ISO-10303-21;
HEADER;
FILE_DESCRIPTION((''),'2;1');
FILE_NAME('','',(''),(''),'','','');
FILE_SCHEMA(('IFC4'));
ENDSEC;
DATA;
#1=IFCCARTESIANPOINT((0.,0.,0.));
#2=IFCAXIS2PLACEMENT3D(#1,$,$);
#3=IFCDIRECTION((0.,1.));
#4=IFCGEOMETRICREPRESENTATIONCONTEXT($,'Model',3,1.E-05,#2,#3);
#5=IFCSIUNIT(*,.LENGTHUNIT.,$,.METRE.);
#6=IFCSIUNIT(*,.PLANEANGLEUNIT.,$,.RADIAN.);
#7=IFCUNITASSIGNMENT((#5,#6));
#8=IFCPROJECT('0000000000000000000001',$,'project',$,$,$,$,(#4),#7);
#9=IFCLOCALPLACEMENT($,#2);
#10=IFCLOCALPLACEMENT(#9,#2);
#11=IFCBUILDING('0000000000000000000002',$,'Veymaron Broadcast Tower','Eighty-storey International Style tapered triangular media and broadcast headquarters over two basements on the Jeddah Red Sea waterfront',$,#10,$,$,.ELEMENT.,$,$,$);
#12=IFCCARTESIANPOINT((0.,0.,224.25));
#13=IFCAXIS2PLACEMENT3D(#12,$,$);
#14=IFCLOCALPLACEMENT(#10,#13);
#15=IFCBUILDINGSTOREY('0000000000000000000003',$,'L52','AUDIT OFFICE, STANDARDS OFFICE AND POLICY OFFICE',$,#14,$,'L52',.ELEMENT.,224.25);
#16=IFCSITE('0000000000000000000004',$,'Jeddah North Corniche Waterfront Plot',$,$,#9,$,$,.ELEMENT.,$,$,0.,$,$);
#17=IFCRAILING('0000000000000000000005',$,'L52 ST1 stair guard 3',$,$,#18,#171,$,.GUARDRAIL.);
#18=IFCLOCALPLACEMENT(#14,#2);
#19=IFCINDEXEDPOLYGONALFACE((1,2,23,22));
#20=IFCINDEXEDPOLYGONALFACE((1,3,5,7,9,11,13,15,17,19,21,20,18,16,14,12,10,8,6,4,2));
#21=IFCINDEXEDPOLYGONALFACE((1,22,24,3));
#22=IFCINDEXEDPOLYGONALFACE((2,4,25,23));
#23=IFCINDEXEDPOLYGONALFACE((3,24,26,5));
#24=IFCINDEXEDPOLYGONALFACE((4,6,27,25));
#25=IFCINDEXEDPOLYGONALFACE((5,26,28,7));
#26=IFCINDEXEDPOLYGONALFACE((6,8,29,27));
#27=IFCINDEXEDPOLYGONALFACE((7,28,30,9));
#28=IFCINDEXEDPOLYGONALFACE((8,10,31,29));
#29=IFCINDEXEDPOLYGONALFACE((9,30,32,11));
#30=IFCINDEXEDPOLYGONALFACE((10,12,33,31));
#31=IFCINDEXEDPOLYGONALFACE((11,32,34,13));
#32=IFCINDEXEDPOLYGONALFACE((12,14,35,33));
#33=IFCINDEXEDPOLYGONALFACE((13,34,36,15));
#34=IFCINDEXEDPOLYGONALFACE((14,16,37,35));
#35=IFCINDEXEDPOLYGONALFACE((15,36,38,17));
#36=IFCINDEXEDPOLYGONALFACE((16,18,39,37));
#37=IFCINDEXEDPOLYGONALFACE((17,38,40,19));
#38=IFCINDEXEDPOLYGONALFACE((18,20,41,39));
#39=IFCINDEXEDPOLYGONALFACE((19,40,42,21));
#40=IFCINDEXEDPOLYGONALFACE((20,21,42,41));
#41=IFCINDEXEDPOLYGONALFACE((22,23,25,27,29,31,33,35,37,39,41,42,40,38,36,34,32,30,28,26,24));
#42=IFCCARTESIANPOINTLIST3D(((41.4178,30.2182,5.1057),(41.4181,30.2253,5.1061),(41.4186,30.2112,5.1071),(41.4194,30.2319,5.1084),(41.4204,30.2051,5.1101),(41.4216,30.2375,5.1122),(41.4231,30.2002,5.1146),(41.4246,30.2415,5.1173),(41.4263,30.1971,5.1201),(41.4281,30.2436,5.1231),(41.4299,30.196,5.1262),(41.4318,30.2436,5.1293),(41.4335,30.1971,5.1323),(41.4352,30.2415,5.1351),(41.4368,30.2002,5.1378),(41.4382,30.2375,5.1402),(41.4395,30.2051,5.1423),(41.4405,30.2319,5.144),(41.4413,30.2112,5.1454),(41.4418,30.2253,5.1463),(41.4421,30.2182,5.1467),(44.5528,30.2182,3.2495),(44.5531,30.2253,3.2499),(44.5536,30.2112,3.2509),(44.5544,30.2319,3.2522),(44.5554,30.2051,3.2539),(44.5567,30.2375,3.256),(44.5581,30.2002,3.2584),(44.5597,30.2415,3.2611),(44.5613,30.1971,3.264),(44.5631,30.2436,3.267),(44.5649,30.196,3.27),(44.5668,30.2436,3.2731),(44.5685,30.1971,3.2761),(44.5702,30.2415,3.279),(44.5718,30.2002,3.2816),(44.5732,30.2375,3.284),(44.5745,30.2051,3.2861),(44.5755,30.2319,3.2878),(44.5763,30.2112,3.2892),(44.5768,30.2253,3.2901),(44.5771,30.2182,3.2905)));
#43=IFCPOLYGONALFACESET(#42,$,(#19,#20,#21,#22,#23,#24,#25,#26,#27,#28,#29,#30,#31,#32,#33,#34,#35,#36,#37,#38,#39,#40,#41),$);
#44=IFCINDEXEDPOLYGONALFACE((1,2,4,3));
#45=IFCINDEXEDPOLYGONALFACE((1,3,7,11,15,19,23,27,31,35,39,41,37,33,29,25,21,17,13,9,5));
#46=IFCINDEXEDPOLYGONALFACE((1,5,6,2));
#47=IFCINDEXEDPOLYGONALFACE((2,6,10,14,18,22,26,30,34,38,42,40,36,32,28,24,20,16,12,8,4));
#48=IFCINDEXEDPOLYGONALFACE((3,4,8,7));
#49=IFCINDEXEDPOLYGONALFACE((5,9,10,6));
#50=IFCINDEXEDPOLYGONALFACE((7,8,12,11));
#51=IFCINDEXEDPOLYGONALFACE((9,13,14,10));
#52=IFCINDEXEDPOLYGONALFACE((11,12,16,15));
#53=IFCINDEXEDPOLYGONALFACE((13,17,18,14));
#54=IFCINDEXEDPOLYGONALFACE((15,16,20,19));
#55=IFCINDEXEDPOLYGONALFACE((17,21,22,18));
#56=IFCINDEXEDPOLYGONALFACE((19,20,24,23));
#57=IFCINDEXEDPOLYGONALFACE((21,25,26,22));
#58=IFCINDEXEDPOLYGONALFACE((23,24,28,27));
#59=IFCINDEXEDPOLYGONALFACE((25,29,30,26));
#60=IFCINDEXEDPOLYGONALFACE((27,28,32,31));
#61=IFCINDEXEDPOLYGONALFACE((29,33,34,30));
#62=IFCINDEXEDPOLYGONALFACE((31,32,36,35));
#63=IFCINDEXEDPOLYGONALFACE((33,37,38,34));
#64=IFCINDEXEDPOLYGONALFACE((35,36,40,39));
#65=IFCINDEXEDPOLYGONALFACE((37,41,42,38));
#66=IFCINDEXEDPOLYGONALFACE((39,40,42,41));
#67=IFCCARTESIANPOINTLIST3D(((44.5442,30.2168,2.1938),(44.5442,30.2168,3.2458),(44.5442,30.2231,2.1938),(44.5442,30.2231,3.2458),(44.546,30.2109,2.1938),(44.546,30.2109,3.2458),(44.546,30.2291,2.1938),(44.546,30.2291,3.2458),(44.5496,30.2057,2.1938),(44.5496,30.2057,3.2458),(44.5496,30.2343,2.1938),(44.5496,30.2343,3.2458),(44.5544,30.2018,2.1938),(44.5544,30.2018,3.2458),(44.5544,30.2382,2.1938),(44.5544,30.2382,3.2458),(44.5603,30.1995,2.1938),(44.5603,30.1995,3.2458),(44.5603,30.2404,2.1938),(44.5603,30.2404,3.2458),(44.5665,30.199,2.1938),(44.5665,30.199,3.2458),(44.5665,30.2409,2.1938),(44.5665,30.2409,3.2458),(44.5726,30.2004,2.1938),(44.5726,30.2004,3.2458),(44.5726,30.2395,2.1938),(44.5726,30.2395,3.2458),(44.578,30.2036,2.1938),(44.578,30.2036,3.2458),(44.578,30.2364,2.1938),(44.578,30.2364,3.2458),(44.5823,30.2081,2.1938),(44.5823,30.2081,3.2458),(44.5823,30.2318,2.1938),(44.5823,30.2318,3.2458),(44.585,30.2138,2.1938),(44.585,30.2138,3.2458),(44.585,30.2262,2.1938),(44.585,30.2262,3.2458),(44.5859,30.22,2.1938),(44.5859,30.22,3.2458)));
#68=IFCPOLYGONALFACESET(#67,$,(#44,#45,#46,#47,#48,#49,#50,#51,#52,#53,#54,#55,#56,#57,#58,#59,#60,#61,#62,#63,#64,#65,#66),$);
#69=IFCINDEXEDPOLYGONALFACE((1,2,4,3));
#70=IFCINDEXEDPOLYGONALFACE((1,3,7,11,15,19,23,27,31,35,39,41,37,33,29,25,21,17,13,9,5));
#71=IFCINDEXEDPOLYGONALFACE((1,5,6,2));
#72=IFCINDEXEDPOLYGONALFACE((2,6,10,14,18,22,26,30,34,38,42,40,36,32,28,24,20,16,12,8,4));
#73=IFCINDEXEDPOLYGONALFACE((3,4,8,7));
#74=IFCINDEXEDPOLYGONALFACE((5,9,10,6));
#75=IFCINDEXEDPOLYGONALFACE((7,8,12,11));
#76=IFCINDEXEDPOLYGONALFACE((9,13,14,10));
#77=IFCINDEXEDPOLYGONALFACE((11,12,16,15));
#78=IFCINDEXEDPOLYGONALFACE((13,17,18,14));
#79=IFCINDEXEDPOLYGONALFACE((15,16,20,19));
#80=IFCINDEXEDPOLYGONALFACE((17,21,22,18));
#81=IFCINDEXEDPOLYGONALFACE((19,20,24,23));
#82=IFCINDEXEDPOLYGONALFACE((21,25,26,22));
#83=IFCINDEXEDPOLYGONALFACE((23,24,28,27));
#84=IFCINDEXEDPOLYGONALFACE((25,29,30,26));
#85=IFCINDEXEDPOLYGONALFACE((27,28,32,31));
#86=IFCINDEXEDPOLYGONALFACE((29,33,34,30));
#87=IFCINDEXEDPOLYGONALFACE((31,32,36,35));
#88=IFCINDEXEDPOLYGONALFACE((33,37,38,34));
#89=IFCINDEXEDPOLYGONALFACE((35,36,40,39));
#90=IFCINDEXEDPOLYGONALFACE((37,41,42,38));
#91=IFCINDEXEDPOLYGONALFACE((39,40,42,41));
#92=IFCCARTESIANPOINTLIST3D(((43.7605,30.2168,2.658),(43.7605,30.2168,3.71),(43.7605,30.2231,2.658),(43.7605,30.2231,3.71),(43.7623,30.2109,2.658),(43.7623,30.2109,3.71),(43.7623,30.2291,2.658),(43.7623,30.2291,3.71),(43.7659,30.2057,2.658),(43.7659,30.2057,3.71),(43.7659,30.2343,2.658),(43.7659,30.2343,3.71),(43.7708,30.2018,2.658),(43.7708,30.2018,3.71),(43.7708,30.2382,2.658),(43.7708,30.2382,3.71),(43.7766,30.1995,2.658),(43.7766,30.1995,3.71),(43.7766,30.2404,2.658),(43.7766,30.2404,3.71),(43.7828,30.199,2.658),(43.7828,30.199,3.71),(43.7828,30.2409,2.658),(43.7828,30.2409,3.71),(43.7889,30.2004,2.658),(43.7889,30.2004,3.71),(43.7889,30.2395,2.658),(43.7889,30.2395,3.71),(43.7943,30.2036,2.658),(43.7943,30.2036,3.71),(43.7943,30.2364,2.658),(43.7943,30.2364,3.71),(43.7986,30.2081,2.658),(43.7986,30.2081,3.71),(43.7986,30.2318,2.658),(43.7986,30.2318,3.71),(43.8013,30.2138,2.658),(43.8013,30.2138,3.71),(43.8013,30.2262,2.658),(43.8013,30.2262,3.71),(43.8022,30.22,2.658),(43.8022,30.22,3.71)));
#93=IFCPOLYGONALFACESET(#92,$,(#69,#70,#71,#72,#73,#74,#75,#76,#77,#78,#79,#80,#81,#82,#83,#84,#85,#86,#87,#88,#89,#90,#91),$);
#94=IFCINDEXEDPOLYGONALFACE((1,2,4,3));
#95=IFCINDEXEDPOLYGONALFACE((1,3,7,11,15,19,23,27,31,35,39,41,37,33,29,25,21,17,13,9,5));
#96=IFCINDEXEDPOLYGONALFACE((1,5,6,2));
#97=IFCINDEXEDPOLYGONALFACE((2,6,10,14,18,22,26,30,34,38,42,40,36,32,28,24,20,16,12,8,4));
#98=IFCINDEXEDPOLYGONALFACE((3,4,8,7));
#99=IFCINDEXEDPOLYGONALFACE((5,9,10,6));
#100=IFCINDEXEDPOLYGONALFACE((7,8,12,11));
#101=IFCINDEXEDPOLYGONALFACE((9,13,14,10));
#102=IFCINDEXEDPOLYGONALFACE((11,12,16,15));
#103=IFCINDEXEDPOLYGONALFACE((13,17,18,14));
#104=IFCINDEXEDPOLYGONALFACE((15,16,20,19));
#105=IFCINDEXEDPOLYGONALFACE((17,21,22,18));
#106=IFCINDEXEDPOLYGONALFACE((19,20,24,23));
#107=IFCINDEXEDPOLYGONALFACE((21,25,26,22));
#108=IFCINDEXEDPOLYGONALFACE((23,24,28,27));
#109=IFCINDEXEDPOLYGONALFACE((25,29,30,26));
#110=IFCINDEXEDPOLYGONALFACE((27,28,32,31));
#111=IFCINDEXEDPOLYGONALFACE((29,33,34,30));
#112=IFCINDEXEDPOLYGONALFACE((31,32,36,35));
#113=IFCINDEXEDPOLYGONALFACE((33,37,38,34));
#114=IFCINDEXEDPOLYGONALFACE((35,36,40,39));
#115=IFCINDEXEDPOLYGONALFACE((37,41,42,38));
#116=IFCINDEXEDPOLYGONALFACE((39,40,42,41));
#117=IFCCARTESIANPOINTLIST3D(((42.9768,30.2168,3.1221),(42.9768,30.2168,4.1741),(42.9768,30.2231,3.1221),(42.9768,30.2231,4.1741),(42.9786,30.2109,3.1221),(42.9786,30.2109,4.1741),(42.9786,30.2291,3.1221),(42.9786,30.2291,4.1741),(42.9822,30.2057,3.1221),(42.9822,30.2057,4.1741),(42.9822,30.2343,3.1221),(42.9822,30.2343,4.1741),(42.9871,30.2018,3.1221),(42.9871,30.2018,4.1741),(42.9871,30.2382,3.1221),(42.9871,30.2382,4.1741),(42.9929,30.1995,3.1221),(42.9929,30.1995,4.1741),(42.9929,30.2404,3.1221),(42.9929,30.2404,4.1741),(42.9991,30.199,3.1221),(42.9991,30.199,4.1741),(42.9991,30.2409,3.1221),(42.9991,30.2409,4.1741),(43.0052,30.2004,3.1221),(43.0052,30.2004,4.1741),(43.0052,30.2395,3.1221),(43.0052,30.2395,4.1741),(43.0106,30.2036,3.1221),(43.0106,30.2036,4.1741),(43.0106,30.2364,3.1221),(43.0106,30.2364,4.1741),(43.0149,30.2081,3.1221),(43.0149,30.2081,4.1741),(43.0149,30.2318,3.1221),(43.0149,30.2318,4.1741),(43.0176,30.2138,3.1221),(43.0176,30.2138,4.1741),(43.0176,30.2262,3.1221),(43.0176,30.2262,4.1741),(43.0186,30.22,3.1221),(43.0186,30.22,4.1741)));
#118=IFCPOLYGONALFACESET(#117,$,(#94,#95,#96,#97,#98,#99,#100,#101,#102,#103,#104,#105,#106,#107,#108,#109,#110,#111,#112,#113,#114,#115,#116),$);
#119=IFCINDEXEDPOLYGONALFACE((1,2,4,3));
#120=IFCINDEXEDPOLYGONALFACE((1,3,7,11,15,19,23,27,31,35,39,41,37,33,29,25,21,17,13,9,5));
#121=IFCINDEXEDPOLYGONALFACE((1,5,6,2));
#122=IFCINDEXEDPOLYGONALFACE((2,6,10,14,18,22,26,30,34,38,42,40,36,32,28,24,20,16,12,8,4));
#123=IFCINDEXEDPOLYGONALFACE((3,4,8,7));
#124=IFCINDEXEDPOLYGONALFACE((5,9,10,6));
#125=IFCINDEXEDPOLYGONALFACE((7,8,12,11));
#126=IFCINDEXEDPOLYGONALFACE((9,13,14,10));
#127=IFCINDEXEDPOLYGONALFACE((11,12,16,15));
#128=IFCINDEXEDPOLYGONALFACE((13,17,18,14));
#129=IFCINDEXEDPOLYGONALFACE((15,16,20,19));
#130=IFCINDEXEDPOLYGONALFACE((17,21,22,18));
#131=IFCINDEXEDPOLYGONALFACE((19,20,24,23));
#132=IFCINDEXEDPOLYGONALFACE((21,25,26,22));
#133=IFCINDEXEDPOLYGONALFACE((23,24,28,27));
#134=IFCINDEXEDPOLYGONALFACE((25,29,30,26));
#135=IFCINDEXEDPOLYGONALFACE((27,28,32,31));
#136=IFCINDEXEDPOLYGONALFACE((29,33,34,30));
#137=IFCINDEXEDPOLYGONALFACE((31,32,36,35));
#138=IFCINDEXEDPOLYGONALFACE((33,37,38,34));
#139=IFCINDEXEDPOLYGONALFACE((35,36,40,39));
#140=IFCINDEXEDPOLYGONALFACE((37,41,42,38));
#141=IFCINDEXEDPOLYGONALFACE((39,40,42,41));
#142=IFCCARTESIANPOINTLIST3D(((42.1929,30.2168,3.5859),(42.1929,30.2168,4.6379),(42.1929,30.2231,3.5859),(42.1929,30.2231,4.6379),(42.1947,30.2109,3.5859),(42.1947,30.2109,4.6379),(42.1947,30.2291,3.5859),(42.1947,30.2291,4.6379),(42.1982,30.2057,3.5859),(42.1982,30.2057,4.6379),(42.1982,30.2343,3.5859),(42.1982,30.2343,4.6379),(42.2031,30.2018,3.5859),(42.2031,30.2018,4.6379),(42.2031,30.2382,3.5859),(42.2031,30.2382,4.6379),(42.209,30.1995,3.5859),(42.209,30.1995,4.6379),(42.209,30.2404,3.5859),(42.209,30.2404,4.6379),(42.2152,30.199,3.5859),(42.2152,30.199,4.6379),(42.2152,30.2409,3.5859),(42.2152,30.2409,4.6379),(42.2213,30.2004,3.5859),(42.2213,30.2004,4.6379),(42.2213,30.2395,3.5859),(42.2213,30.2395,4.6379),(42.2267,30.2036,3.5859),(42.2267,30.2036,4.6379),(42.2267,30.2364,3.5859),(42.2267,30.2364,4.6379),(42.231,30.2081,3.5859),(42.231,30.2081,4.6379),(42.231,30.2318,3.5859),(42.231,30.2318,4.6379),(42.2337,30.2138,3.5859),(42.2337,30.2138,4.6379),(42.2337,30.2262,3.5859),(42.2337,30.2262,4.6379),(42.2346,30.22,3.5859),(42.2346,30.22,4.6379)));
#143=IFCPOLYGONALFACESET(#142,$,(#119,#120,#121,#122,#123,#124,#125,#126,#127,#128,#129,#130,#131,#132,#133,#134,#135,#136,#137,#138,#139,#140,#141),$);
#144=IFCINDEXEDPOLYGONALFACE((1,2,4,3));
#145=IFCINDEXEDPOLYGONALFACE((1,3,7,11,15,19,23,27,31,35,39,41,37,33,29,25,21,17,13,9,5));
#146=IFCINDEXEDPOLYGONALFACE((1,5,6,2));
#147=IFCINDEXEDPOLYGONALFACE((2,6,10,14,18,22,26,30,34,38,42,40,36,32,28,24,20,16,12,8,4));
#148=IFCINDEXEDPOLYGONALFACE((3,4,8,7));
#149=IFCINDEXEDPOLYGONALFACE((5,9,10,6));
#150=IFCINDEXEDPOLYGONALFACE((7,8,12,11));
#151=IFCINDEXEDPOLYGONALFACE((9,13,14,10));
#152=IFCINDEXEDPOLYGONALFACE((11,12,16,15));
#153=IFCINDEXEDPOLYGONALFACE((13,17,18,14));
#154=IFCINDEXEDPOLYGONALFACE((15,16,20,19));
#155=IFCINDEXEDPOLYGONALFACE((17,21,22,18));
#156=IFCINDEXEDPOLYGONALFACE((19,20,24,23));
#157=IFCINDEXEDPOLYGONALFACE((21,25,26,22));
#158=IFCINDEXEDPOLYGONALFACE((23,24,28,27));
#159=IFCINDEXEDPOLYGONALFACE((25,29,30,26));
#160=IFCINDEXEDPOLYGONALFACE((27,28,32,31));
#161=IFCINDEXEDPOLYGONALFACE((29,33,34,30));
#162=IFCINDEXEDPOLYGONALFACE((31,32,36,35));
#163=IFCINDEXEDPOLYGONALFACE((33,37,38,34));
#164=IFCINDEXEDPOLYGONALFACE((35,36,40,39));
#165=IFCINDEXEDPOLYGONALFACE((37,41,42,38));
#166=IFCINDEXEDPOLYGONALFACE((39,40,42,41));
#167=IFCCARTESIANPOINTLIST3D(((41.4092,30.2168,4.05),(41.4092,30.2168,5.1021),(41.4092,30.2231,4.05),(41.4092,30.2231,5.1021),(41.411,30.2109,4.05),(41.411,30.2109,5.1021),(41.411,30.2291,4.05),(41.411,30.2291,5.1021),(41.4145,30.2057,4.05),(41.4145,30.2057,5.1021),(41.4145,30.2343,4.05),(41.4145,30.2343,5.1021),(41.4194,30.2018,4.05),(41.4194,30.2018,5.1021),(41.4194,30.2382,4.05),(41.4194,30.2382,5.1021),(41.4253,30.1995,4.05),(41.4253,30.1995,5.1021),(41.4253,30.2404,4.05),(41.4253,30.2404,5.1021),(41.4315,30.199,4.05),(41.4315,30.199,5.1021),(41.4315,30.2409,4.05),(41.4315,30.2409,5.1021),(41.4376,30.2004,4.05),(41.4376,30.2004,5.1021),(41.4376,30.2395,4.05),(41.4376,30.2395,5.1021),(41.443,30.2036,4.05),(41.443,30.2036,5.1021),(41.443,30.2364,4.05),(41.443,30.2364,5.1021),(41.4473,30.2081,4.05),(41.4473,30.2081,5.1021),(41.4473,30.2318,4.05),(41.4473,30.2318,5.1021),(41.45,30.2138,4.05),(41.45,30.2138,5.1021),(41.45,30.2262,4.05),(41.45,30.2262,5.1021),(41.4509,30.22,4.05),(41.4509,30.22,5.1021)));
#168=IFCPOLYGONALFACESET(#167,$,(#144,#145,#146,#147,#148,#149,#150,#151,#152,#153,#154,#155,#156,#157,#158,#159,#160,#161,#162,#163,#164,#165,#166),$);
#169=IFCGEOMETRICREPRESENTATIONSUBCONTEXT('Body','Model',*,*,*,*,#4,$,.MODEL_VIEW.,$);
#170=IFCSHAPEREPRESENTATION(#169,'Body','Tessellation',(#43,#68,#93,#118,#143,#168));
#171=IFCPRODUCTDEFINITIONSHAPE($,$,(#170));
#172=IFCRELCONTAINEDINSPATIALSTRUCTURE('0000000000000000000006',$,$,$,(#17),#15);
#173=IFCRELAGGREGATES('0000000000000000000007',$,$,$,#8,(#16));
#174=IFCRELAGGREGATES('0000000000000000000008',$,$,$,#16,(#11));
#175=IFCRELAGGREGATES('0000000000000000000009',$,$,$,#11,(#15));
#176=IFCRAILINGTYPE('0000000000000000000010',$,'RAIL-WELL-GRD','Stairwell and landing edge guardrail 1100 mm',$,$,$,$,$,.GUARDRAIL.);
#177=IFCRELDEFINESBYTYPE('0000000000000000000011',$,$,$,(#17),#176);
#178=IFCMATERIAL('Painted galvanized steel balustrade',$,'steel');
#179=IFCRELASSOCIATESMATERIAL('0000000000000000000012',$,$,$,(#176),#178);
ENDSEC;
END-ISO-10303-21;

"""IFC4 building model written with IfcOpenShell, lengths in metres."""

from ifc_helpers import new_model, si_unit, direction, frame, origin, origin_2d, place, context, subcontext, project, spatial, circle, extrude, material, type_object, element, save


model = new_model("IFC4")

# Units and contexts
model_context = context("Model", 3, precision=1e-05, world=origin(), true_north=direction((0.0, 1.0)))
body_context = subcontext(model_context, "Body", "Model", "MODEL_VIEW")
ifc_project = project(units=[si_unit("LENGTHUNIT", "METRE"), si_unit("PLANEANGLEUNIT", "RADIAN")], contexts=[model_context])

# Site, building, storey
site_placement = place(None, origin())
site = spatial("IfcSite", under=ifc_project, at=site_placement, Name="Jeddah North Corniche Waterfront Plot", CompositionType="ELEMENT", RefElevation=0.0)
building_placement = place(site_placement, origin())
building = spatial("IfcBuilding", under=site, at=building_placement, Name="Veymaron Broadcast Tower", Description="Eighty-storey International Style tapered triangular media and broadcast headquarters over two basements on the Jeddah Red Sea waterfront", CompositionType="ELEMENT")
storey_placement = place(building_placement, frame((0.0, 0.0, 224.25)))
storey = spatial("IfcBuildingStorey", under=building, at=storey_placement, Name="L52", Description="AUDIT OFFICE, STANDARDS OFFICE AND POLICY OFFICE", LongName="L52", CompositionType="ELEMENT", Elevation=224.25)

# Railing
ifc_material_1 = material(Name="Painted galvanized steel balustrade", Category="steel")
railing_type_1 = type_object("IfcRailingType", Name="RAIL-WELL-GRD", Description="Stairwell and landing edge guardrail 1100 mm", PredefinedType="GUARDRAIL", material=ifc_material_1)
railing_1_placement = place(storey_placement, frame((44.5649, 30.22, 2.1938)))
element("IfcRailing", 1, at=railing_1_placement, inside=storey, type_object=railing_type_1, Name="L52 ST1 stair guard 3", PredefinedType="GUARDRAIL", context=body_context, shape_type="SweptSolid", body=[
    extrude(circle(Radius=0.0239, at=origin_2d()), frame((0.0, 0.0, 1.0762), z_axis=(-0.860482, 0.0, 0.509481), x_axis=(0.0, -1.0, 0.0)), (0.0, 0.0, 1.0), 3.6433),
    extrude(circle(Radius=0.021, at=origin_2d()), origin(), (0.0, 0.0, 1.0), 1.052),
    extrude(circle(Radius=0.021, at=origin_2d()), frame((-0.7837, 0.0, 0.4641)), (0.0, 0.0, 1.0), 1.052),
    extrude(circle(Radius=0.021, at=origin_2d()), frame((-1.5674, 0.0, 0.9282)), (0.0, 0.0, 1.0), 1.052),
    extrude(circle(Radius=0.021, at=origin_2d()), frame((-2.3513, 0.0, 1.3921)), (0.0, 0.0, 1.0), 1.052),
    extrude(circle(Radius=0.021, at=origin_2d()), frame((-3.135, 0.0, 1.8562)), (0.0, 0.0, 1.0), 1.052),
])

save(model, "model.ifc")
